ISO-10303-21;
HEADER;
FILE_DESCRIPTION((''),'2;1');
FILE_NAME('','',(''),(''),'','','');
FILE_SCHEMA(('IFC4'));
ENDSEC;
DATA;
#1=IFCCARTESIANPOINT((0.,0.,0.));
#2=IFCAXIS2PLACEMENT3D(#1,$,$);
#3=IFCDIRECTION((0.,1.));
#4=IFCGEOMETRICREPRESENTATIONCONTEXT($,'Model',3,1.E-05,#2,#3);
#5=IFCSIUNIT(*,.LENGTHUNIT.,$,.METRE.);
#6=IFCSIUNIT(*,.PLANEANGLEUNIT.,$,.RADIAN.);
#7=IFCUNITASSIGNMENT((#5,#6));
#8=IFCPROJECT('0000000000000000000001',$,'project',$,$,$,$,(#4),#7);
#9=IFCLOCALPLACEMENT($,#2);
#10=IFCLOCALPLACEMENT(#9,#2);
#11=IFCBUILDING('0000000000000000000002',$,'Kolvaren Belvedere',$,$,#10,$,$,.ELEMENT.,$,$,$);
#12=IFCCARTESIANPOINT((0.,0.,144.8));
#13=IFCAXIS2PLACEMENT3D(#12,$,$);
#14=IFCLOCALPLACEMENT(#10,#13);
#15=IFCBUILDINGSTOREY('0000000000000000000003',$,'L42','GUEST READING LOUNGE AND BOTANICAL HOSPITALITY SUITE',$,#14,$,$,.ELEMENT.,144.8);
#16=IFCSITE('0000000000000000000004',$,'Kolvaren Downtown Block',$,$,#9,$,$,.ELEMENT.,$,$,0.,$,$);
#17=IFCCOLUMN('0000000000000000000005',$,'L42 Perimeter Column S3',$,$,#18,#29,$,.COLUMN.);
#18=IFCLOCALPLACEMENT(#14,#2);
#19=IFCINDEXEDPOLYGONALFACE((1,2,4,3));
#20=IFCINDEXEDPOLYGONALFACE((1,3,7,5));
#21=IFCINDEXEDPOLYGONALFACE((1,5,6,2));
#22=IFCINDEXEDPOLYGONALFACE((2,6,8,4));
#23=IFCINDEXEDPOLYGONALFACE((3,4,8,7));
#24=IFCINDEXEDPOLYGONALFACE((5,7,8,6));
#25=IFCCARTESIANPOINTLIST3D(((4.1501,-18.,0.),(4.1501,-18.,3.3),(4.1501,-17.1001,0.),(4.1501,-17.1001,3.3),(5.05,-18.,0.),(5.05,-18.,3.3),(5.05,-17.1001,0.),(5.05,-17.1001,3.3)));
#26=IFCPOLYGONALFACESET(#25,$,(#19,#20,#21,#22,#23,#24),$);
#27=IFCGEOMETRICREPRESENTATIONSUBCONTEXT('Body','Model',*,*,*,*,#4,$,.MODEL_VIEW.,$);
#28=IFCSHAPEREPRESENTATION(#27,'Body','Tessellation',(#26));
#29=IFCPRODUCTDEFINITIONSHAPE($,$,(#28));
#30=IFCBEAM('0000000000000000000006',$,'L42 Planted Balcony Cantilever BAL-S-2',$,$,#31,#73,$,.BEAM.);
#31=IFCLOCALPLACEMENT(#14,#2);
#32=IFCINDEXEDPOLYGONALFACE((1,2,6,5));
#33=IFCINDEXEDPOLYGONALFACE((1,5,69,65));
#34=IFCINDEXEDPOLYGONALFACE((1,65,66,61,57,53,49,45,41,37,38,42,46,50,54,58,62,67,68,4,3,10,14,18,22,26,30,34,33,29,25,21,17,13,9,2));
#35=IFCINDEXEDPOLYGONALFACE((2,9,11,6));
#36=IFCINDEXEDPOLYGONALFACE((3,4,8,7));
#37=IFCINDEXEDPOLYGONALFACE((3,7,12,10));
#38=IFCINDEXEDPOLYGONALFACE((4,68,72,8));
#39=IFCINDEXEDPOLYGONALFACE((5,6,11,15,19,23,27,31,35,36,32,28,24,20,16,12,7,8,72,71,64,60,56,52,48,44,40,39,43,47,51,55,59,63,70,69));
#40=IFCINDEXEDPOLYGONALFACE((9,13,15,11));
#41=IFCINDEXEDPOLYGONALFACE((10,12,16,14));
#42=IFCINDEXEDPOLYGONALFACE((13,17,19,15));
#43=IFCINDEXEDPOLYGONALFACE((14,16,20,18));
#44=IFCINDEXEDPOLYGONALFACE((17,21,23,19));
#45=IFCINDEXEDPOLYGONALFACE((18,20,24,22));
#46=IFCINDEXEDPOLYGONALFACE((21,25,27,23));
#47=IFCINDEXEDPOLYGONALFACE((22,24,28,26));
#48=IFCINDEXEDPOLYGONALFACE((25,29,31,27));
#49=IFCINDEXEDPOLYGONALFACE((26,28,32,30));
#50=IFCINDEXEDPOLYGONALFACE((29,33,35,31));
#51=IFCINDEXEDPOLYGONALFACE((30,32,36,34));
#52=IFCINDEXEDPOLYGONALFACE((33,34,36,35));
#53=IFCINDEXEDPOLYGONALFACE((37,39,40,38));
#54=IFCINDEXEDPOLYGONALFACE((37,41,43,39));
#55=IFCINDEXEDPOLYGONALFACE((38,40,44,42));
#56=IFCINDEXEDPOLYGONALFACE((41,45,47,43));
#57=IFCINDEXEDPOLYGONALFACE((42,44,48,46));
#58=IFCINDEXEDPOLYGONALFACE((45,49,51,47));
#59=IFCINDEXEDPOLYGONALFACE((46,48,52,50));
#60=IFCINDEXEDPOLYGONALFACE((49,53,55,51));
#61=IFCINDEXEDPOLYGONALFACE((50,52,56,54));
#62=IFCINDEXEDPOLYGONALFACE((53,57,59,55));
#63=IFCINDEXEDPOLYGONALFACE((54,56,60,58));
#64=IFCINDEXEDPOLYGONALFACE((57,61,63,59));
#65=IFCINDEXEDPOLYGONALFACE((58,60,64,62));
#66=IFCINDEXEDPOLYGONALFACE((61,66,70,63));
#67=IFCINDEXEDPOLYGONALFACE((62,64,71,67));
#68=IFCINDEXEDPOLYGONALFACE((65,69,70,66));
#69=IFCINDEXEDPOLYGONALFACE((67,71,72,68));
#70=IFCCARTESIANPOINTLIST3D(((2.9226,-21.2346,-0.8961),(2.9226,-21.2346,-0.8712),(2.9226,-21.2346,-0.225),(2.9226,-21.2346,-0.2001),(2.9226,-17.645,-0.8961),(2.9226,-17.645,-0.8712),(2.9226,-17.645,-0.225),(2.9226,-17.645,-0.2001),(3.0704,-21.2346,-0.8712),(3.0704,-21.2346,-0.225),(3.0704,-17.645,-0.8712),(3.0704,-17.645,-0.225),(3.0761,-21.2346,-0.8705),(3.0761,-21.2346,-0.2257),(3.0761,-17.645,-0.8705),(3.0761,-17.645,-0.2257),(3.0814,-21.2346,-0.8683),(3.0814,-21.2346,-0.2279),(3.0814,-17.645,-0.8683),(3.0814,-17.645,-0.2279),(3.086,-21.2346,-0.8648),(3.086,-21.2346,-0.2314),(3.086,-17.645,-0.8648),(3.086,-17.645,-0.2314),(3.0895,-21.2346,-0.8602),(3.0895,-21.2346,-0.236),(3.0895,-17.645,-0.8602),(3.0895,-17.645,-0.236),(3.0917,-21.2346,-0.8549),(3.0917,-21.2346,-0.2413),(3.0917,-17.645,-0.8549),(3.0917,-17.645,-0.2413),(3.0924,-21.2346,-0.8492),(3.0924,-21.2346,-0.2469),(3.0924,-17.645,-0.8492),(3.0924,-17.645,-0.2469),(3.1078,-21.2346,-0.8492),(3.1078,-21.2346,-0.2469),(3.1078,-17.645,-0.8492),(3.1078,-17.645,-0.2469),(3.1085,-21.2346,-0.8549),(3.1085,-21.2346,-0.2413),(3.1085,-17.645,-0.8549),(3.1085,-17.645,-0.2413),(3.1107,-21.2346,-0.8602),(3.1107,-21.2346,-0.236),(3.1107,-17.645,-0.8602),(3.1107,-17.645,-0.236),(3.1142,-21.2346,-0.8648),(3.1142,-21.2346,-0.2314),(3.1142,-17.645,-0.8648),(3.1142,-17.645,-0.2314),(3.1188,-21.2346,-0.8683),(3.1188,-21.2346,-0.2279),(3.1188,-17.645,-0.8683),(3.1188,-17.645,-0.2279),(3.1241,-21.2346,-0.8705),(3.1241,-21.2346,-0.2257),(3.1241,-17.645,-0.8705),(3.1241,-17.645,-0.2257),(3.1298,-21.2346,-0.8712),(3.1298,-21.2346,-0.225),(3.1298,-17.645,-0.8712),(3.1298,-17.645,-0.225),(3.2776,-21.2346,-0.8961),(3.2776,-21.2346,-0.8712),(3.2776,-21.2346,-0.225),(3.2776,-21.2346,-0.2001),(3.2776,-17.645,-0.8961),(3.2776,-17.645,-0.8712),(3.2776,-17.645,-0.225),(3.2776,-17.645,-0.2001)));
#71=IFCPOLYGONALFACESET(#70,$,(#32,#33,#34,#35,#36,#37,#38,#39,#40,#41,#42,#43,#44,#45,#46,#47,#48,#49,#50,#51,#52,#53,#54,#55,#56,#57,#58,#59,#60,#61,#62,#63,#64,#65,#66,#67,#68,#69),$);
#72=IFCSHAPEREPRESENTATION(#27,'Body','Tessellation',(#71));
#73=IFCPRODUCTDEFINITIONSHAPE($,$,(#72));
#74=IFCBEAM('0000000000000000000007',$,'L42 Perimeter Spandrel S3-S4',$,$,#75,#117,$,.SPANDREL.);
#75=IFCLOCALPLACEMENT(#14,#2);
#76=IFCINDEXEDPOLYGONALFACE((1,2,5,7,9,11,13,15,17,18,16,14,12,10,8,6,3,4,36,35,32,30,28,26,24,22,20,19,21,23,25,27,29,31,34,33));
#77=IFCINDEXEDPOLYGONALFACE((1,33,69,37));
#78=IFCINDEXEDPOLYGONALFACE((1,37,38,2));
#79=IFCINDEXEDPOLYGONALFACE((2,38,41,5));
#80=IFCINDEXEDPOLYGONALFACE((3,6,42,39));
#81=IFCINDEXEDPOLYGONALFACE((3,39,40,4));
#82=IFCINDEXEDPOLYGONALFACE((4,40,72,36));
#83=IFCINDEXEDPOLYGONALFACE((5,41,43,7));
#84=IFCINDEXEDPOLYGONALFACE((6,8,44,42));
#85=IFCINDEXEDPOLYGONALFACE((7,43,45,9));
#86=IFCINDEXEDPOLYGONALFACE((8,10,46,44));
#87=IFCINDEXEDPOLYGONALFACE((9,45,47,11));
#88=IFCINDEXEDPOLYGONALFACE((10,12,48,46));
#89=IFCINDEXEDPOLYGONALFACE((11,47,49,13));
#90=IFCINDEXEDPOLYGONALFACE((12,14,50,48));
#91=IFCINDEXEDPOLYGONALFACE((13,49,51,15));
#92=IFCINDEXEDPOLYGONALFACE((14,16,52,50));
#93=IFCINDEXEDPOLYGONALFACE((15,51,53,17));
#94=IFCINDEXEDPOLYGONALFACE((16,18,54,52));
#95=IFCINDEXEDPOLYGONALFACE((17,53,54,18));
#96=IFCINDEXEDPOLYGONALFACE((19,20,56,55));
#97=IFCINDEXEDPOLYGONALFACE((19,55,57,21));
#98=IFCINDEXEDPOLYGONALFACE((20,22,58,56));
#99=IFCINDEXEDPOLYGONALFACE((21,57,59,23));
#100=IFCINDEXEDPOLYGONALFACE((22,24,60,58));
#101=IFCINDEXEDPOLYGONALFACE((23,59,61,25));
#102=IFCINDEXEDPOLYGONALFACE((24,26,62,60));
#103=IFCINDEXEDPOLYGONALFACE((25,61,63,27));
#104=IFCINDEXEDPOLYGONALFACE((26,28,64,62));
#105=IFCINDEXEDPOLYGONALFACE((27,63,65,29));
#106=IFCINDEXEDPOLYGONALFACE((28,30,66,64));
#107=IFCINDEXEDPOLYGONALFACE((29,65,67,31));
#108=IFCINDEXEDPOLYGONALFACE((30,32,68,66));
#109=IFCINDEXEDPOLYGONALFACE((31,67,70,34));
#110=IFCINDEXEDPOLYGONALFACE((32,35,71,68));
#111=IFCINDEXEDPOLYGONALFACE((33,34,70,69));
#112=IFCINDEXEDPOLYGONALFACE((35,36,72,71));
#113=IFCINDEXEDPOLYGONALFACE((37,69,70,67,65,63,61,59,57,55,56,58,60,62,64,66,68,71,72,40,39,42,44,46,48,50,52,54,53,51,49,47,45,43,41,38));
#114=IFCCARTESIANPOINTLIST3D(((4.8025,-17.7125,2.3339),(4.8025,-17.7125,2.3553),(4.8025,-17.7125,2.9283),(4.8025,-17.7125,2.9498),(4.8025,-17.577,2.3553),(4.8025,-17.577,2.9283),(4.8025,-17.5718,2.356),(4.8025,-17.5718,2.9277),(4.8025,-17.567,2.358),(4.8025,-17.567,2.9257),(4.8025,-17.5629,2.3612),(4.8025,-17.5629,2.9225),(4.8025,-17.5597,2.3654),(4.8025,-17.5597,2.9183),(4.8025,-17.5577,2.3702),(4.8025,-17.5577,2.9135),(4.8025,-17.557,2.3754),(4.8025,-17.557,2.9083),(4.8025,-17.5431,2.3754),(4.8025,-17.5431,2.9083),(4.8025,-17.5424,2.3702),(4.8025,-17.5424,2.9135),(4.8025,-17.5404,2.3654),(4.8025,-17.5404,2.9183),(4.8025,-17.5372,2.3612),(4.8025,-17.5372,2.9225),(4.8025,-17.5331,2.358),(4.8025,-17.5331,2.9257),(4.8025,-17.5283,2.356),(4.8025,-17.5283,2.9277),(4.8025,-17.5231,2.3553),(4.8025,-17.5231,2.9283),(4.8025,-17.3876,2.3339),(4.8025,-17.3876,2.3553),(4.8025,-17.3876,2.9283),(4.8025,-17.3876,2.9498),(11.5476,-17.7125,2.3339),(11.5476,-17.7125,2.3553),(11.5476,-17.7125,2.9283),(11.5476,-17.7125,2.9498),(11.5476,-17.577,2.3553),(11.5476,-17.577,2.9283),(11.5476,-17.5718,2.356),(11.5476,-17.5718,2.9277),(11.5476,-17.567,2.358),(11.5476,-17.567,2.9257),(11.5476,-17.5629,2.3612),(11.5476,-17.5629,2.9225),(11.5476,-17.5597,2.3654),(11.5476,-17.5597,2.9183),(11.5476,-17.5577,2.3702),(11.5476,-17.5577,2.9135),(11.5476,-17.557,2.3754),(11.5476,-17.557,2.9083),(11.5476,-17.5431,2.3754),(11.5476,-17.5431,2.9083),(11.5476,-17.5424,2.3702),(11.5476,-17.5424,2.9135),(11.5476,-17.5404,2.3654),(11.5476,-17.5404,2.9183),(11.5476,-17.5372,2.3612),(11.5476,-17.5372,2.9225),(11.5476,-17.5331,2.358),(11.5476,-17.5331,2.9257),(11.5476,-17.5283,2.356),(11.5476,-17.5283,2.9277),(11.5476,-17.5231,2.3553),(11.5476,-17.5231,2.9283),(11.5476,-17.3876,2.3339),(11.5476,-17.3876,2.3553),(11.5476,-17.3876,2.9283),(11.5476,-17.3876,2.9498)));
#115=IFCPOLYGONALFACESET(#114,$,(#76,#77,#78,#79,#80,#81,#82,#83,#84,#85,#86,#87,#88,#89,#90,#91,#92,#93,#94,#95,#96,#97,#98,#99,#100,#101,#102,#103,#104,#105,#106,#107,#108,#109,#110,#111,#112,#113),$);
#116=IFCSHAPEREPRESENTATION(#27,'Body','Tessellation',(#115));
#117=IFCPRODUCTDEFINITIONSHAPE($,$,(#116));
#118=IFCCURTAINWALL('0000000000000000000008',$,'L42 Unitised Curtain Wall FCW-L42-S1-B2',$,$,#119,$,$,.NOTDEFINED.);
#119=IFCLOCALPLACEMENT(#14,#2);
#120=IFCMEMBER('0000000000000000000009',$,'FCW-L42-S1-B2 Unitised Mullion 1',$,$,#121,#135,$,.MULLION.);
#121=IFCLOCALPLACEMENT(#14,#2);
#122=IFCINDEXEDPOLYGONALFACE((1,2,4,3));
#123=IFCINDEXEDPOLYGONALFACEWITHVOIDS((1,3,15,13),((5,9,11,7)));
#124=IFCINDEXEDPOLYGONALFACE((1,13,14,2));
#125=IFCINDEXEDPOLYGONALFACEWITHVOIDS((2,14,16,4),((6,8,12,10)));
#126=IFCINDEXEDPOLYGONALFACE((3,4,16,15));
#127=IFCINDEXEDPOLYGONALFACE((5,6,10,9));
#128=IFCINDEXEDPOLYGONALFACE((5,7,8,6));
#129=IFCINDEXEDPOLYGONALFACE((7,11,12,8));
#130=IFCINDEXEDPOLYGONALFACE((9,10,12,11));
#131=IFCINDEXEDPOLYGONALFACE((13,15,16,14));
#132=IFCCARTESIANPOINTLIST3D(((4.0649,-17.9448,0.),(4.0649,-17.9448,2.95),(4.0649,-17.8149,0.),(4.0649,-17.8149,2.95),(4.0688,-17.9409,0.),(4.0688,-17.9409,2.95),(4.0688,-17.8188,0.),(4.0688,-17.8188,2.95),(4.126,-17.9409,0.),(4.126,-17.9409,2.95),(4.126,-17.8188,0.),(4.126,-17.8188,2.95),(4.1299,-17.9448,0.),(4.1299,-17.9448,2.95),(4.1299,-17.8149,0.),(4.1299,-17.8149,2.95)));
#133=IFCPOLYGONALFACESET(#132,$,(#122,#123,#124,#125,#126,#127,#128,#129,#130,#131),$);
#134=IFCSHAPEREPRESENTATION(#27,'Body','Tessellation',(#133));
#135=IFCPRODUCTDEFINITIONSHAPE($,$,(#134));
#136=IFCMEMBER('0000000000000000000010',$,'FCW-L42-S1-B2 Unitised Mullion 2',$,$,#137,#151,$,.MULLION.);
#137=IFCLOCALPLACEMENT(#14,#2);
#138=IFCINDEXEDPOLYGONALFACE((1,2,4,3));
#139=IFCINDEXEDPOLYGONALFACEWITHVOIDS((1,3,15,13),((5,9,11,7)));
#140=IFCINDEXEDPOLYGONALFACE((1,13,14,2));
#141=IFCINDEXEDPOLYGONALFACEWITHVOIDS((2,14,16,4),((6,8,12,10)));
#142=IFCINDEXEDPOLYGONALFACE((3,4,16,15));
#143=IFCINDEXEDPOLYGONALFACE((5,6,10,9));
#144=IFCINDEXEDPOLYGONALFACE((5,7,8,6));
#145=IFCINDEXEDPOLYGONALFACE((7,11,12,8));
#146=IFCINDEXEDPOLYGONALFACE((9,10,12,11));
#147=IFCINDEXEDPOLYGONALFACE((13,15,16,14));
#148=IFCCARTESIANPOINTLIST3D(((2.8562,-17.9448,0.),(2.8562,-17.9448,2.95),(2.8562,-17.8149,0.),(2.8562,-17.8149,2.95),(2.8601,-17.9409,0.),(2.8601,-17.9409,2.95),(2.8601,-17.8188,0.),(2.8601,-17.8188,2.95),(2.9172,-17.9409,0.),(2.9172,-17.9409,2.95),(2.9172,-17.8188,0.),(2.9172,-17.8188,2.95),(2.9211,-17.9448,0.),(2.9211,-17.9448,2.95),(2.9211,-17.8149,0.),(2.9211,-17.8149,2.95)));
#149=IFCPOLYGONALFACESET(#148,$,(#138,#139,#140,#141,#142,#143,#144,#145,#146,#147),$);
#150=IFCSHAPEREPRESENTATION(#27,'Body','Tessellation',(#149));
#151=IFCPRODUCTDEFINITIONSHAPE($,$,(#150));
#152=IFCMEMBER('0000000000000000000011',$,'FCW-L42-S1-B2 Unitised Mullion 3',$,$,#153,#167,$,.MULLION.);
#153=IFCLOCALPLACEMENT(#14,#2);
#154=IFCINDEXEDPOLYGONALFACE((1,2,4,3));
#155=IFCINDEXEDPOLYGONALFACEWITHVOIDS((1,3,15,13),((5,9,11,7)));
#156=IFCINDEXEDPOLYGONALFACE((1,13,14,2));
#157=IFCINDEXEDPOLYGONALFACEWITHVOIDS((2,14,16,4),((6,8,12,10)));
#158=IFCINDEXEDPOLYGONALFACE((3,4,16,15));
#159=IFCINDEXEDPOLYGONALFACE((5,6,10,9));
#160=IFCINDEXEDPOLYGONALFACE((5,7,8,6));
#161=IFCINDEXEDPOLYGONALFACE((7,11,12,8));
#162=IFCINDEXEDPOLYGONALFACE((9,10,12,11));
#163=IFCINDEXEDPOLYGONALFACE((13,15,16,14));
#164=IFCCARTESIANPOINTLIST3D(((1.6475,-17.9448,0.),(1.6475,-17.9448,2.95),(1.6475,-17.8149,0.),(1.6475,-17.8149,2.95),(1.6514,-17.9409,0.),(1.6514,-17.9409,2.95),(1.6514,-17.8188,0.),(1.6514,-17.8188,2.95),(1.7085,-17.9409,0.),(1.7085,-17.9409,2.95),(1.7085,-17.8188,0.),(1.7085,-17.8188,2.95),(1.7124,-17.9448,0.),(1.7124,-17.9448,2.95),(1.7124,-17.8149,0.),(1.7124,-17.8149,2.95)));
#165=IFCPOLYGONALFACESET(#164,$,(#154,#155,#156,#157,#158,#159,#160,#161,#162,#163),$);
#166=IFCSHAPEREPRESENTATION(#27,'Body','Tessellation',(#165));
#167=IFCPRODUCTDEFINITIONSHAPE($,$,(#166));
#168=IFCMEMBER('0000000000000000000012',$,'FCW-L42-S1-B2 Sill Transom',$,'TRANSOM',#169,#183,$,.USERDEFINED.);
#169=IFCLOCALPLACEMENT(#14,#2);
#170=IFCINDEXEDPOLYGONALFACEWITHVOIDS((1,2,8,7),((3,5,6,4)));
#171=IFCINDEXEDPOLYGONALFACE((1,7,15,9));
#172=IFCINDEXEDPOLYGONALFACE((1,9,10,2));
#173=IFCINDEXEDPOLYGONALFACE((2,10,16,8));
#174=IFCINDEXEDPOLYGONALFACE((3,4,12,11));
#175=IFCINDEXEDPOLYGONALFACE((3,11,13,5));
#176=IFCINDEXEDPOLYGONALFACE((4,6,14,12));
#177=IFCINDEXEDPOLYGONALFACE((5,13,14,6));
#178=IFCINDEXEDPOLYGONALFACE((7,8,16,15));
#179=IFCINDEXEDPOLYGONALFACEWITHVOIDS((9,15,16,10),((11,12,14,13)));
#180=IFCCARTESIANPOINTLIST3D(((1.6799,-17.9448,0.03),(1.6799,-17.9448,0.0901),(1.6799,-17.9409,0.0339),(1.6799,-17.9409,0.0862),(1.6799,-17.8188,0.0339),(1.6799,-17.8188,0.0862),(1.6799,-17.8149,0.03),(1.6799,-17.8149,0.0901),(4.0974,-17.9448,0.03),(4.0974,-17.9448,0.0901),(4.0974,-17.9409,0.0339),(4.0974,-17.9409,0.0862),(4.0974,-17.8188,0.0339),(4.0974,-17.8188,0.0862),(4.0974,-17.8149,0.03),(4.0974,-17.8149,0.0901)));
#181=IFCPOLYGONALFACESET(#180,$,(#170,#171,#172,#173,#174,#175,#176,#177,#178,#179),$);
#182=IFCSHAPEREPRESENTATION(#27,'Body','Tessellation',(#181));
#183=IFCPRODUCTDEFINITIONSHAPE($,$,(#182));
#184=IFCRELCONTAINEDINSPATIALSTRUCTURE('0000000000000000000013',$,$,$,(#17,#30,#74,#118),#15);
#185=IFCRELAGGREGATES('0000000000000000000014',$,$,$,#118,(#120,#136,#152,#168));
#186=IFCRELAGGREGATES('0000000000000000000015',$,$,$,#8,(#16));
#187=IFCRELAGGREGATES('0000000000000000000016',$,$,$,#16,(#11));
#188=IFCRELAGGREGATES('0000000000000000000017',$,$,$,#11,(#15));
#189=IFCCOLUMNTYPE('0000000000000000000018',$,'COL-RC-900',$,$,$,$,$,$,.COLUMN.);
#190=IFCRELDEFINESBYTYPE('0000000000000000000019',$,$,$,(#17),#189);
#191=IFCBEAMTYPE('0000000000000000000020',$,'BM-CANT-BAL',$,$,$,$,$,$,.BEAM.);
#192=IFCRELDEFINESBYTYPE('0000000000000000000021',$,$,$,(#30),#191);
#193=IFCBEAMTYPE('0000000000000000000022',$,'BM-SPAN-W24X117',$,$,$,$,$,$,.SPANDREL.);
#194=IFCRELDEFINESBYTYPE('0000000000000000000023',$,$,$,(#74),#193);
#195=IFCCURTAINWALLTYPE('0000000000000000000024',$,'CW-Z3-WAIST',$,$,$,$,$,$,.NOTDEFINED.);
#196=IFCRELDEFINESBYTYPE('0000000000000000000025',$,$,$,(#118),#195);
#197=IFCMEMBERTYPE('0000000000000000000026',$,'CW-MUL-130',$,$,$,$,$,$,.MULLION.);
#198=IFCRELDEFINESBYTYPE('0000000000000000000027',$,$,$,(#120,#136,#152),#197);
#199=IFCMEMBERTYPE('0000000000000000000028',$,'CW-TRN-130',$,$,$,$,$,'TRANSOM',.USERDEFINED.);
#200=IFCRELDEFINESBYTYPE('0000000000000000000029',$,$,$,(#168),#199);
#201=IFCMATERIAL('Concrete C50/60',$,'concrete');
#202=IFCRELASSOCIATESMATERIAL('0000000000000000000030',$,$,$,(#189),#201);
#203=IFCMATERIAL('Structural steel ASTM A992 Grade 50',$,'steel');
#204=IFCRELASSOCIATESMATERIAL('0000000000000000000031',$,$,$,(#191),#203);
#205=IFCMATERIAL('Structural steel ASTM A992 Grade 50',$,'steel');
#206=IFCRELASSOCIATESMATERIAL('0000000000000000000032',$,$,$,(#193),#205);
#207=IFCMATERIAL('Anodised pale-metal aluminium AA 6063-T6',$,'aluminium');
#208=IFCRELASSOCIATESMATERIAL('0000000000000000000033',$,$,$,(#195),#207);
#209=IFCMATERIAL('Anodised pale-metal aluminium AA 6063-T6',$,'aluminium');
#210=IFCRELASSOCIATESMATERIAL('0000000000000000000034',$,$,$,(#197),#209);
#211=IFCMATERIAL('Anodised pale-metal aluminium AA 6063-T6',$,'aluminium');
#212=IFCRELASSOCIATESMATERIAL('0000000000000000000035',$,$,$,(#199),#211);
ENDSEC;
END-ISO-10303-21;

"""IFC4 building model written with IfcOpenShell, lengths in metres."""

from ifc_helpers import new_model, si_unit, direction, frame, origin, origin_2d, place, context, subcontext, project, spatial, rectangle, hollow_rectangle, i_section, extrude, material, material_profile, profile_set, type_object, element, aggregate, save


model = new_model("IFC4")

# Units and contexts
model_context = context("Model", 3, precision=1e-05, world=origin(), true_north=direction((0.0, 1.0)))
body_context = subcontext(model_context, "Body", "Model", "MODEL_VIEW")
ifc_project = project(units=[si_unit("LENGTHUNIT", "METRE"), si_unit("PLANEANGLEUNIT", "RADIAN")], contexts=[model_context])

# Site, building, storey
site_placement = place(None, origin())
site = spatial("IfcSite", under=ifc_project, at=site_placement, Name="Kolvaren Downtown Block", CompositionType="ELEMENT", RefElevation=0.0)
building_placement = place(site_placement, origin())
building = spatial("IfcBuilding", under=site, at=building_placement, Name="Kolvaren Belvedere", CompositionType="ELEMENT")
storey_placement = place(building_placement, frame((0.0, 0.0, 144.8)))
storey = spatial("IfcBuildingStorey", under=building, at=storey_placement, Name="L42", Description="GUEST READING LOUNGE AND BOTANICAL HOSPITALITY SUITE", CompositionType="ELEMENT", Elevation=144.8)

# Column
ifc_material_1 = material(Name="Concrete C50/60", Category="concrete")
ifc_material_profile_1 = material_profile(ifc_material_1, rectangle(XDim=0.8999, YDim=0.8999, at=origin_2d()), Name="RC 900X900")
ifc_profile_set_1 = profile_set([ifc_material_profile_1], Name="Concrete C50/60")
column_type = type_object("IfcColumnType", Name="COL-RC-900", PredefinedType="COLUMN", material=ifc_profile_set_1)
column_placement = place(storey_placement, frame((4.6001, -17.55, 0.0), z_axis=(0.0, 0.0, 1.0), x_axis=(1.0, 0.0, 0.0)))
element("IfcColumn", 1, at=column_placement, inside=storey, type_object=column_type, Name="L42 Perimeter Column S3", PredefinedType="COLUMN", context=body_context, shape_type="SweptSolid", body=[
    extrude(rectangle(XDim=0.8999, YDim=0.8999, at=origin_2d()), origin(), (0.0, 0.0, 1.0), 3.3),
])

# Beams
ifc_material_2 = material(Name="Structural steel ASTM A992 Grade 50", Category="steel")
ifc_material_profile_2 = material_profile(ifc_material_2, i_section(OverallWidth=0.355, OverallDepth=0.696, WebThickness=0.0154, FlangeThickness=0.0249, FilletRadius=0.022, at=origin_2d()), Name="W27X146")
ifc_profile_set_2 = profile_set([ifc_material_profile_2], Name="Structural steel ASTM A992 Grade 50")
beam_type_1 = type_object("IfcBeamType", Name="BM-CANT-BAL", PredefinedType="BEAM", material=ifc_profile_set_2)
beam_1_placement = place(storey_placement, frame((3.1001, -17.645, -0.5481), z_axis=(0.0, -1.0, 0.0), x_axis=(1.0, 0.0, 0.0)))
element("IfcBeam", 2, at=beam_1_placement, inside=storey, type_object=beam_type_1, Name="L42 Planted Balcony Cantilever BAL-S-2", PredefinedType="BEAM", context=body_context, shape_type="SweptSolid", body=[
    extrude(i_section(OverallWidth=0.355, OverallDepth=0.696, WebThickness=0.0154, FlangeThickness=0.0249, FilletRadius=0.022, at=origin_2d()), origin(), (0.0, 0.0, 1.0), 3.5896),
])
ifc_material_3 = material(Name="Structural steel ASTM A992 Grade 50", Category="steel")
ifc_material_profile_3 = material_profile(ifc_material_3, i_section(OverallWidth=0.325, OverallDepth=0.616, WebThickness=0.0139, FlangeThickness=0.0215, FilletRadius=0.02, at=origin_2d()), Name="W24X117")
ifc_profile_set_3 = profile_set([ifc_material_profile_3], Name="Structural steel ASTM A992 Grade 50")
beam_type_2 = type_object("IfcBeamType", Name="BM-SPAN-W24X117", PredefinedType="SPANDREL", material=ifc_profile_set_3)
beam_2_placement = place(storey_placement, frame((4.8025, -17.55, 2.6418), z_axis=(1.0, 0.0, 0.0), x_axis=(0.0, 1.0, 0.0)))
element("IfcBeam", 3, at=beam_2_placement, inside=storey, type_object=beam_type_2, Name="L42 Perimeter Spandrel S3-S4", PredefinedType="SPANDREL", context=body_context, shape_type="SweptSolid", body=[
    extrude(i_section(OverallWidth=0.325, OverallDepth=0.616, WebThickness=0.0139, FlangeThickness=0.0215, FilletRadius=0.02, at=origin_2d()), origin(), (0.0, 0.0, 1.0), 6.7451),
])

# Curtain wall, members
ifc_material_4 = material(Name="Anodised pale-metal aluminium AA 6063-T6", Category="aluminium")
curtain_wall_type = type_object("IfcCurtainWallType", Name="CW-Z3-WAIST", PredefinedType="NOTDEFINED", material=ifc_material_4)
curtain_wall_placement = place(storey_placement, origin())
curtain_wall = element("IfcCurtainWall", 4, at=curtain_wall_placement, inside=storey, type_object=curtain_wall_type, Name="L42 Unitised Curtain Wall FCW-L42-S1-B2", PredefinedType="NOTDEFINED")
ifc_material_5 = material(Name="Anodised pale-metal aluminium AA 6063-T6", Category="aluminium")
ifc_material_profile_4 = material_profile(ifc_material_5, hollow_rectangle(XDim=0.0649, YDim=0.1299, WallThickness=0.0039, at=origin_2d()), Name="ALU-MUL-130X65")
ifc_profile_set_4 = profile_set([ifc_material_profile_4], Name="Anodised pale-metal aluminium AA 6063-T6")
member_type_1 = type_object("IfcMemberType", Name="CW-MUL-130", PredefinedType="MULLION", material=ifc_profile_set_4)
member_1_placement = place(storey_placement, frame((4.0974, -17.8799, 0.0), z_axis=(0.0, 0.0, 1.0), x_axis=(1.0, 0.0, 0.0)))
member_1 = element("IfcMember", 5, at=member_1_placement, type_object=member_type_1, Name="FCW-L42-S1-B2 Unitised Mullion 1", PredefinedType="MULLION", context=body_context, shape_type="SweptSolid", body=[
    extrude(hollow_rectangle(XDim=0.0649, YDim=0.1299, WallThickness=0.0039, at=origin_2d()), origin(), (0.0, 0.0, 1.0), 2.95),
])
member_2_placement = place(storey_placement, frame((2.8887, -17.8799, 0.0), z_axis=(0.0, 0.0, 1.0), x_axis=(1.0, 0.0, 0.0)))
member_2 = element("IfcMember", 6, at=member_2_placement, type_object=member_type_1, Name="FCW-L42-S1-B2 Unitised Mullion 2", PredefinedType="MULLION", context=body_context, shape_type="SweptSolid", body=[
    extrude(hollow_rectangle(XDim=0.0649, YDim=0.1299, WallThickness=0.0039, at=origin_2d()), origin(), (0.0, 0.0, 1.0), 2.95),
])
member_3_placement = place(storey_placement, frame((1.6799, -17.8799, 0.0), z_axis=(0.0, 0.0, 1.0), x_axis=(1.0, 0.0, 0.0)))
member_3 = element("IfcMember", 7, at=member_3_placement, type_object=member_type_1, Name="FCW-L42-S1-B2 Unitised Mullion 3", PredefinedType="MULLION", context=body_context, shape_type="SweptSolid", body=[
    extrude(hollow_rectangle(XDim=0.0649, YDim=0.1299, WallThickness=0.0039, at=origin_2d()), origin(), (0.0, 0.0, 1.0), 2.95),
])
ifc_material_6 = material(Name="Anodised pale-metal aluminium AA 6063-T6", Category="aluminium")
ifc_material_profile_5 = material_profile(ifc_material_6, hollow_rectangle(XDim=0.0601, YDim=0.1299, WallThickness=0.0039, at=origin_2d()), Name="ALU-TRN-130X60")
ifc_profile_set_5 = profile_set([ifc_material_profile_5], Name="Anodised pale-metal aluminium AA 6063-T6")
member_type_2 = type_object("IfcMemberType", Name="CW-TRN-130", ElementType="TRANSOM", PredefinedType="USERDEFINED", material=ifc_profile_set_5)
member_4_placement = place(storey_placement, frame((4.0974, -17.8799, 0.0601), z_axis=(-1.0, 0.0, 0.0), x_axis=(0.0, 0.0, 1.0)))
member_4 = element("IfcMember", 8, at=member_4_placement, type_object=member_type_2, Name="FCW-L42-S1-B2 Sill Transom", ObjectType="TRANSOM", PredefinedType="USERDEFINED", context=body_context, shape_type="SweptSolid", body=[
    extrude(hollow_rectangle(XDim=0.0601, YDim=0.1299, WallThickness=0.0039, at=origin_2d()), origin(), (0.0, 0.0, 1.0), 2.4175),
])
aggregate(curtain_wall, [member_1, member_2, member_3, member_4])

save(model, "model.ifc")
